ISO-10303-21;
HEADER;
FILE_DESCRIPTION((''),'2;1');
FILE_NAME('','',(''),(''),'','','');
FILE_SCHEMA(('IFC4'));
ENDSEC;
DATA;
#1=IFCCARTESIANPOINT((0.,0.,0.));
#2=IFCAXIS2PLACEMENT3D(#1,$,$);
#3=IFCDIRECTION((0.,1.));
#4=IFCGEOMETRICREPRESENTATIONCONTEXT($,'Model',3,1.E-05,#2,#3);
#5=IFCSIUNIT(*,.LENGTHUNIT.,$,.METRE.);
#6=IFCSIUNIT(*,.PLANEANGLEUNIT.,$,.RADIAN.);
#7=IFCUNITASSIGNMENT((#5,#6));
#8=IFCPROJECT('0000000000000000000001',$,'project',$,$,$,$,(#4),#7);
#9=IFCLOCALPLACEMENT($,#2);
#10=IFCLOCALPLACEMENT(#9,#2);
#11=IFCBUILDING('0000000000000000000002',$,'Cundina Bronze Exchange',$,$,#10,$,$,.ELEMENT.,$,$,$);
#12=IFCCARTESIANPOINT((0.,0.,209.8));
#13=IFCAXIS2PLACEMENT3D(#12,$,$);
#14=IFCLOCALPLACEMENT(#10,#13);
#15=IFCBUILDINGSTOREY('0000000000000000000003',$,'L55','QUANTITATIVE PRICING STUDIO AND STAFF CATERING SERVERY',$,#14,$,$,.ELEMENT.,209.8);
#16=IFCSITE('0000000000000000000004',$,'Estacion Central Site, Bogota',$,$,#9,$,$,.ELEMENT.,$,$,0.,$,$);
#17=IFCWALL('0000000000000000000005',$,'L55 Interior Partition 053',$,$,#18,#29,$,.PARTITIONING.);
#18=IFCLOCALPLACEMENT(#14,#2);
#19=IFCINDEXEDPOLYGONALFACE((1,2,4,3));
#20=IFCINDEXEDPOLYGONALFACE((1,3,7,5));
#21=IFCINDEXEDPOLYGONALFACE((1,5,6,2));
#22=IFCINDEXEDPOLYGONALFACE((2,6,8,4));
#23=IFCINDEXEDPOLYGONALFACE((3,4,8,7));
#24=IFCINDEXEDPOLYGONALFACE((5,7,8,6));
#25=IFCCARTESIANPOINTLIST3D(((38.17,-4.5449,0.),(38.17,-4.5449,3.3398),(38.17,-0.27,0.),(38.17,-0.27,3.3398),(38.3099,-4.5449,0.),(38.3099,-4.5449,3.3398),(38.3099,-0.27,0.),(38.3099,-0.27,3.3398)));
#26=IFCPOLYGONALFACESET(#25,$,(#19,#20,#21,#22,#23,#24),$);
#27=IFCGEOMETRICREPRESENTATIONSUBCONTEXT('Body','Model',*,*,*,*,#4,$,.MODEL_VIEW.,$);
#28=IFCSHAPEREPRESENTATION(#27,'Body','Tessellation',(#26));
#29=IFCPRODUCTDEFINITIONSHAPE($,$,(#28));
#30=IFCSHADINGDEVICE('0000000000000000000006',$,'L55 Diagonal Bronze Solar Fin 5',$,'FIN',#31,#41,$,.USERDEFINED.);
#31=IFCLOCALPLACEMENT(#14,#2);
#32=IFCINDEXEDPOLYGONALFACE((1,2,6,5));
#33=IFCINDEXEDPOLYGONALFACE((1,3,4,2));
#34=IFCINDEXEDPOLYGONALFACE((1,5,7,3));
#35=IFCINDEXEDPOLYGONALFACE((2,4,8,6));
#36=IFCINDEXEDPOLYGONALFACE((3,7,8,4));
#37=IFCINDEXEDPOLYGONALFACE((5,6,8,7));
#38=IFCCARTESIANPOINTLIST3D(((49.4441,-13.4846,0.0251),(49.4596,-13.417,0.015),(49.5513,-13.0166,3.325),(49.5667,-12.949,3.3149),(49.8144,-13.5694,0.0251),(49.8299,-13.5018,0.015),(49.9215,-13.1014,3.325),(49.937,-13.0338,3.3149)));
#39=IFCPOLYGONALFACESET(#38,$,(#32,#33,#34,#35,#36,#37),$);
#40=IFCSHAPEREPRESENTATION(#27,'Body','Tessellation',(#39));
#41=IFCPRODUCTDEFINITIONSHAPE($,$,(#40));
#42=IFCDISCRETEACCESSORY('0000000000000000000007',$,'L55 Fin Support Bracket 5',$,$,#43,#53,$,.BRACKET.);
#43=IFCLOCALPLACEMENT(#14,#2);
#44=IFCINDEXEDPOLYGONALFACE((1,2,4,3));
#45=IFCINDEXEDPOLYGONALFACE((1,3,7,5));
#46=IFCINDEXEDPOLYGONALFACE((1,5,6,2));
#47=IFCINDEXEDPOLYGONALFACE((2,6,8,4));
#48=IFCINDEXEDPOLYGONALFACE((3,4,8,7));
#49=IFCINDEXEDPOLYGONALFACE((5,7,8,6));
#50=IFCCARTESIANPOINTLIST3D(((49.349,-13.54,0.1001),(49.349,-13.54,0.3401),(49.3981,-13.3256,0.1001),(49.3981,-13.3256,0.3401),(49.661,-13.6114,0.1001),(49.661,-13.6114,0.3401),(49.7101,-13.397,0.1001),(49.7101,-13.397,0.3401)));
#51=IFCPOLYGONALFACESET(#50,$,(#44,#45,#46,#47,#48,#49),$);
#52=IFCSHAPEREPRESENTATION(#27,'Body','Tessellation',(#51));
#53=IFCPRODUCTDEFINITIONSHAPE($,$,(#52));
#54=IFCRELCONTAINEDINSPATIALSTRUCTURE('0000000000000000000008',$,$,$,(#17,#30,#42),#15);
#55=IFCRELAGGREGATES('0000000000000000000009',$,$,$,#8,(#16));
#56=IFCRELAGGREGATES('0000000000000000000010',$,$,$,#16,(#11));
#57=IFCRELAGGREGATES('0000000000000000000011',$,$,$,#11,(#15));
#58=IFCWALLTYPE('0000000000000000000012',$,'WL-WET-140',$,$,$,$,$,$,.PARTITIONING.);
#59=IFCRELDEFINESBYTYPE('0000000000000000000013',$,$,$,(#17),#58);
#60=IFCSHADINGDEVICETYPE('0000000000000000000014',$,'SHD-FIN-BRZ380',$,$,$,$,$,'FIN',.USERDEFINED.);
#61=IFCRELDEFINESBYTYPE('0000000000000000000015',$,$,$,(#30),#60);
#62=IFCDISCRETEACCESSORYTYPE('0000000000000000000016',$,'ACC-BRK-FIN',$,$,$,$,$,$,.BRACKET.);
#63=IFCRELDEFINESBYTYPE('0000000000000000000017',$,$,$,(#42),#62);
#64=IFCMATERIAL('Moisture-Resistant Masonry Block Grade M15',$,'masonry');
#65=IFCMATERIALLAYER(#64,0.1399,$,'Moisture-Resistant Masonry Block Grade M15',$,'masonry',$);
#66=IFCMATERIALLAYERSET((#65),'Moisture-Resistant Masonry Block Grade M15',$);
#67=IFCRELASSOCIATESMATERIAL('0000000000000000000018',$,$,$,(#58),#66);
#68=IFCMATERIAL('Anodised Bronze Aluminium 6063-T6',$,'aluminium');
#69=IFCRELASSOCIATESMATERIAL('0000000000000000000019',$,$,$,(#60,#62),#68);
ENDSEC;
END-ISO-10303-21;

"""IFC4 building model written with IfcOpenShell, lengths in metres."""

from ifc_helpers import new_model, si_unit, direction, frame, frame_2d, origin, origin_2d, place, context, subcontext, project, spatial, rectangle, extrude, material, layer, layer_set, material_profile, profile_set, type_object, element, save


model = new_model("IFC4")

# Units and contexts
model_context = context("Model", 3, precision=1e-05, world=origin(), true_north=direction((0.0, 1.0)))
body_context = subcontext(model_context, "Body", "Model", "MODEL_VIEW")
ifc_project = project(units=[si_unit("LENGTHUNIT", "METRE"), si_unit("PLANEANGLEUNIT", "RADIAN")], contexts=[model_context])

# Site, building, storey
site_placement = place(None, origin())
site = spatial("IfcSite", under=ifc_project, at=site_placement, Name="Estacion Central Site, Bogota", CompositionType="ELEMENT", RefElevation=0.0)
building_placement = place(site_placement, origin())
building = spatial("IfcBuilding", under=site, at=building_placement, Name="Cundina Bronze Exchange", CompositionType="ELEMENT")
storey_placement = place(building_placement, frame((0.0, 0.0, 209.8)))
storey = spatial("IfcBuildingStorey", under=building, at=storey_placement, Name="L55", Description="QUANTITATIVE PRICING STUDIO AND STAFF CATERING SERVERY", CompositionType="ELEMENT", Elevation=209.8)

# Shared definitions
ifc_material_1 = material(Name="Anodised Bronze Aluminium 6063-T6", Category="aluminium")

# Wall
ifc_material_2 = material(Name="Moisture-Resistant Masonry Block Grade M15", Category="masonry")
ifc_layer_1 = layer(ifc_material_2, 0.1399, Name="Moisture-Resistant Masonry Block Grade M15", Category="masonry")
ifc_layer_set_1 = layer_set([ifc_layer_1], Name="Moisture-Resistant Masonry Block Grade M15")
wall_type_1 = type_object("IfcWallType", Name="WL-WET-140", PredefinedType="PARTITIONING", material=ifc_layer_set_1)
wall_1_placement = place(storey_placement, frame((38.24, -4.5449, 0.0), z_axis=(0.0, 0.0, 1.0), x_axis=(0.0, 1.0, 0.0)))
element("IfcWall", 1, at=wall_1_placement, inside=storey, type_object=wall_type_1, Name="L55 Interior Partition 053", PredefinedType="PARTITIONING", context=body_context, shape_type="SweptSolid", body=[
    extrude(rectangle(XDim=4.2749, YDim=0.1399, at=frame_2d((2.1375, 0.0))), origin(), (0.0, 0.0, 1.0), 3.3398),
])

# Shading device
ifc_material_profile_1 = material_profile(ifc_material_1, rectangle(XDim=0.0701, YDim=0.3799, at=origin_2d()), Name="FIN70X380", Category="aluminium")
ifc_profile_set_1 = profile_set([ifc_material_profile_1], Name="Anodised Bronze Aluminium 6063-T6")
shading_device_type = type_object("IfcShadingDeviceType", Name="SHD-FIN-BRZ380", ElementType="FIN", PredefinedType="USERDEFINED", material=ifc_profile_set_1)
shading_device_placement = place(storey_placement, frame((49.637, -13.4932, 0.02), z_axis=(0.032139, 0.140344, 0.989581), x_axis=(-0.220899, -0.964611, 0.143977)))
element("IfcShadingDevice", 2, at=shading_device_placement, inside=storey, type_object=shading_device_type, Name="L55 Diagonal Bronze Solar Fin 5", ObjectType="FIN", PredefinedType="USERDEFINED", context=body_context, shape_type="SweptSolid", body=[
    extrude(rectangle(XDim=0.0701, YDim=0.3799, at=origin_2d()), origin(), (0.0, 0.0, 1.0), 3.3347),
])

# Discrete accessory
discrete_accessory_type = type_object("IfcDiscreteAccessoryType", Name="ACC-BRK-FIN", PredefinedType="BRACKET", material=ifc_material_1)
discrete_accessory_placement = place(storey_placement, frame((49.5295, -13.4685, 0.1001), z_axis=(0.0, 0.0, 1.0), x_axis=(0.223284, 0.974753, 0.0)))
element("IfcDiscreteAccessory", 3, at=discrete_accessory_placement, inside=storey, type_object=discrete_accessory_type, Name="L55 Fin Support Bracket 5", PredefinedType="BRACKET", context=body_context, shape_type="SweptSolid", body=[
    extrude(rectangle(XDim=0.22, YDim=0.3201, at=origin_2d()), origin(), (0.0, 0.0, 1.0), 0.24),
])

save(model, "model.ifc")
